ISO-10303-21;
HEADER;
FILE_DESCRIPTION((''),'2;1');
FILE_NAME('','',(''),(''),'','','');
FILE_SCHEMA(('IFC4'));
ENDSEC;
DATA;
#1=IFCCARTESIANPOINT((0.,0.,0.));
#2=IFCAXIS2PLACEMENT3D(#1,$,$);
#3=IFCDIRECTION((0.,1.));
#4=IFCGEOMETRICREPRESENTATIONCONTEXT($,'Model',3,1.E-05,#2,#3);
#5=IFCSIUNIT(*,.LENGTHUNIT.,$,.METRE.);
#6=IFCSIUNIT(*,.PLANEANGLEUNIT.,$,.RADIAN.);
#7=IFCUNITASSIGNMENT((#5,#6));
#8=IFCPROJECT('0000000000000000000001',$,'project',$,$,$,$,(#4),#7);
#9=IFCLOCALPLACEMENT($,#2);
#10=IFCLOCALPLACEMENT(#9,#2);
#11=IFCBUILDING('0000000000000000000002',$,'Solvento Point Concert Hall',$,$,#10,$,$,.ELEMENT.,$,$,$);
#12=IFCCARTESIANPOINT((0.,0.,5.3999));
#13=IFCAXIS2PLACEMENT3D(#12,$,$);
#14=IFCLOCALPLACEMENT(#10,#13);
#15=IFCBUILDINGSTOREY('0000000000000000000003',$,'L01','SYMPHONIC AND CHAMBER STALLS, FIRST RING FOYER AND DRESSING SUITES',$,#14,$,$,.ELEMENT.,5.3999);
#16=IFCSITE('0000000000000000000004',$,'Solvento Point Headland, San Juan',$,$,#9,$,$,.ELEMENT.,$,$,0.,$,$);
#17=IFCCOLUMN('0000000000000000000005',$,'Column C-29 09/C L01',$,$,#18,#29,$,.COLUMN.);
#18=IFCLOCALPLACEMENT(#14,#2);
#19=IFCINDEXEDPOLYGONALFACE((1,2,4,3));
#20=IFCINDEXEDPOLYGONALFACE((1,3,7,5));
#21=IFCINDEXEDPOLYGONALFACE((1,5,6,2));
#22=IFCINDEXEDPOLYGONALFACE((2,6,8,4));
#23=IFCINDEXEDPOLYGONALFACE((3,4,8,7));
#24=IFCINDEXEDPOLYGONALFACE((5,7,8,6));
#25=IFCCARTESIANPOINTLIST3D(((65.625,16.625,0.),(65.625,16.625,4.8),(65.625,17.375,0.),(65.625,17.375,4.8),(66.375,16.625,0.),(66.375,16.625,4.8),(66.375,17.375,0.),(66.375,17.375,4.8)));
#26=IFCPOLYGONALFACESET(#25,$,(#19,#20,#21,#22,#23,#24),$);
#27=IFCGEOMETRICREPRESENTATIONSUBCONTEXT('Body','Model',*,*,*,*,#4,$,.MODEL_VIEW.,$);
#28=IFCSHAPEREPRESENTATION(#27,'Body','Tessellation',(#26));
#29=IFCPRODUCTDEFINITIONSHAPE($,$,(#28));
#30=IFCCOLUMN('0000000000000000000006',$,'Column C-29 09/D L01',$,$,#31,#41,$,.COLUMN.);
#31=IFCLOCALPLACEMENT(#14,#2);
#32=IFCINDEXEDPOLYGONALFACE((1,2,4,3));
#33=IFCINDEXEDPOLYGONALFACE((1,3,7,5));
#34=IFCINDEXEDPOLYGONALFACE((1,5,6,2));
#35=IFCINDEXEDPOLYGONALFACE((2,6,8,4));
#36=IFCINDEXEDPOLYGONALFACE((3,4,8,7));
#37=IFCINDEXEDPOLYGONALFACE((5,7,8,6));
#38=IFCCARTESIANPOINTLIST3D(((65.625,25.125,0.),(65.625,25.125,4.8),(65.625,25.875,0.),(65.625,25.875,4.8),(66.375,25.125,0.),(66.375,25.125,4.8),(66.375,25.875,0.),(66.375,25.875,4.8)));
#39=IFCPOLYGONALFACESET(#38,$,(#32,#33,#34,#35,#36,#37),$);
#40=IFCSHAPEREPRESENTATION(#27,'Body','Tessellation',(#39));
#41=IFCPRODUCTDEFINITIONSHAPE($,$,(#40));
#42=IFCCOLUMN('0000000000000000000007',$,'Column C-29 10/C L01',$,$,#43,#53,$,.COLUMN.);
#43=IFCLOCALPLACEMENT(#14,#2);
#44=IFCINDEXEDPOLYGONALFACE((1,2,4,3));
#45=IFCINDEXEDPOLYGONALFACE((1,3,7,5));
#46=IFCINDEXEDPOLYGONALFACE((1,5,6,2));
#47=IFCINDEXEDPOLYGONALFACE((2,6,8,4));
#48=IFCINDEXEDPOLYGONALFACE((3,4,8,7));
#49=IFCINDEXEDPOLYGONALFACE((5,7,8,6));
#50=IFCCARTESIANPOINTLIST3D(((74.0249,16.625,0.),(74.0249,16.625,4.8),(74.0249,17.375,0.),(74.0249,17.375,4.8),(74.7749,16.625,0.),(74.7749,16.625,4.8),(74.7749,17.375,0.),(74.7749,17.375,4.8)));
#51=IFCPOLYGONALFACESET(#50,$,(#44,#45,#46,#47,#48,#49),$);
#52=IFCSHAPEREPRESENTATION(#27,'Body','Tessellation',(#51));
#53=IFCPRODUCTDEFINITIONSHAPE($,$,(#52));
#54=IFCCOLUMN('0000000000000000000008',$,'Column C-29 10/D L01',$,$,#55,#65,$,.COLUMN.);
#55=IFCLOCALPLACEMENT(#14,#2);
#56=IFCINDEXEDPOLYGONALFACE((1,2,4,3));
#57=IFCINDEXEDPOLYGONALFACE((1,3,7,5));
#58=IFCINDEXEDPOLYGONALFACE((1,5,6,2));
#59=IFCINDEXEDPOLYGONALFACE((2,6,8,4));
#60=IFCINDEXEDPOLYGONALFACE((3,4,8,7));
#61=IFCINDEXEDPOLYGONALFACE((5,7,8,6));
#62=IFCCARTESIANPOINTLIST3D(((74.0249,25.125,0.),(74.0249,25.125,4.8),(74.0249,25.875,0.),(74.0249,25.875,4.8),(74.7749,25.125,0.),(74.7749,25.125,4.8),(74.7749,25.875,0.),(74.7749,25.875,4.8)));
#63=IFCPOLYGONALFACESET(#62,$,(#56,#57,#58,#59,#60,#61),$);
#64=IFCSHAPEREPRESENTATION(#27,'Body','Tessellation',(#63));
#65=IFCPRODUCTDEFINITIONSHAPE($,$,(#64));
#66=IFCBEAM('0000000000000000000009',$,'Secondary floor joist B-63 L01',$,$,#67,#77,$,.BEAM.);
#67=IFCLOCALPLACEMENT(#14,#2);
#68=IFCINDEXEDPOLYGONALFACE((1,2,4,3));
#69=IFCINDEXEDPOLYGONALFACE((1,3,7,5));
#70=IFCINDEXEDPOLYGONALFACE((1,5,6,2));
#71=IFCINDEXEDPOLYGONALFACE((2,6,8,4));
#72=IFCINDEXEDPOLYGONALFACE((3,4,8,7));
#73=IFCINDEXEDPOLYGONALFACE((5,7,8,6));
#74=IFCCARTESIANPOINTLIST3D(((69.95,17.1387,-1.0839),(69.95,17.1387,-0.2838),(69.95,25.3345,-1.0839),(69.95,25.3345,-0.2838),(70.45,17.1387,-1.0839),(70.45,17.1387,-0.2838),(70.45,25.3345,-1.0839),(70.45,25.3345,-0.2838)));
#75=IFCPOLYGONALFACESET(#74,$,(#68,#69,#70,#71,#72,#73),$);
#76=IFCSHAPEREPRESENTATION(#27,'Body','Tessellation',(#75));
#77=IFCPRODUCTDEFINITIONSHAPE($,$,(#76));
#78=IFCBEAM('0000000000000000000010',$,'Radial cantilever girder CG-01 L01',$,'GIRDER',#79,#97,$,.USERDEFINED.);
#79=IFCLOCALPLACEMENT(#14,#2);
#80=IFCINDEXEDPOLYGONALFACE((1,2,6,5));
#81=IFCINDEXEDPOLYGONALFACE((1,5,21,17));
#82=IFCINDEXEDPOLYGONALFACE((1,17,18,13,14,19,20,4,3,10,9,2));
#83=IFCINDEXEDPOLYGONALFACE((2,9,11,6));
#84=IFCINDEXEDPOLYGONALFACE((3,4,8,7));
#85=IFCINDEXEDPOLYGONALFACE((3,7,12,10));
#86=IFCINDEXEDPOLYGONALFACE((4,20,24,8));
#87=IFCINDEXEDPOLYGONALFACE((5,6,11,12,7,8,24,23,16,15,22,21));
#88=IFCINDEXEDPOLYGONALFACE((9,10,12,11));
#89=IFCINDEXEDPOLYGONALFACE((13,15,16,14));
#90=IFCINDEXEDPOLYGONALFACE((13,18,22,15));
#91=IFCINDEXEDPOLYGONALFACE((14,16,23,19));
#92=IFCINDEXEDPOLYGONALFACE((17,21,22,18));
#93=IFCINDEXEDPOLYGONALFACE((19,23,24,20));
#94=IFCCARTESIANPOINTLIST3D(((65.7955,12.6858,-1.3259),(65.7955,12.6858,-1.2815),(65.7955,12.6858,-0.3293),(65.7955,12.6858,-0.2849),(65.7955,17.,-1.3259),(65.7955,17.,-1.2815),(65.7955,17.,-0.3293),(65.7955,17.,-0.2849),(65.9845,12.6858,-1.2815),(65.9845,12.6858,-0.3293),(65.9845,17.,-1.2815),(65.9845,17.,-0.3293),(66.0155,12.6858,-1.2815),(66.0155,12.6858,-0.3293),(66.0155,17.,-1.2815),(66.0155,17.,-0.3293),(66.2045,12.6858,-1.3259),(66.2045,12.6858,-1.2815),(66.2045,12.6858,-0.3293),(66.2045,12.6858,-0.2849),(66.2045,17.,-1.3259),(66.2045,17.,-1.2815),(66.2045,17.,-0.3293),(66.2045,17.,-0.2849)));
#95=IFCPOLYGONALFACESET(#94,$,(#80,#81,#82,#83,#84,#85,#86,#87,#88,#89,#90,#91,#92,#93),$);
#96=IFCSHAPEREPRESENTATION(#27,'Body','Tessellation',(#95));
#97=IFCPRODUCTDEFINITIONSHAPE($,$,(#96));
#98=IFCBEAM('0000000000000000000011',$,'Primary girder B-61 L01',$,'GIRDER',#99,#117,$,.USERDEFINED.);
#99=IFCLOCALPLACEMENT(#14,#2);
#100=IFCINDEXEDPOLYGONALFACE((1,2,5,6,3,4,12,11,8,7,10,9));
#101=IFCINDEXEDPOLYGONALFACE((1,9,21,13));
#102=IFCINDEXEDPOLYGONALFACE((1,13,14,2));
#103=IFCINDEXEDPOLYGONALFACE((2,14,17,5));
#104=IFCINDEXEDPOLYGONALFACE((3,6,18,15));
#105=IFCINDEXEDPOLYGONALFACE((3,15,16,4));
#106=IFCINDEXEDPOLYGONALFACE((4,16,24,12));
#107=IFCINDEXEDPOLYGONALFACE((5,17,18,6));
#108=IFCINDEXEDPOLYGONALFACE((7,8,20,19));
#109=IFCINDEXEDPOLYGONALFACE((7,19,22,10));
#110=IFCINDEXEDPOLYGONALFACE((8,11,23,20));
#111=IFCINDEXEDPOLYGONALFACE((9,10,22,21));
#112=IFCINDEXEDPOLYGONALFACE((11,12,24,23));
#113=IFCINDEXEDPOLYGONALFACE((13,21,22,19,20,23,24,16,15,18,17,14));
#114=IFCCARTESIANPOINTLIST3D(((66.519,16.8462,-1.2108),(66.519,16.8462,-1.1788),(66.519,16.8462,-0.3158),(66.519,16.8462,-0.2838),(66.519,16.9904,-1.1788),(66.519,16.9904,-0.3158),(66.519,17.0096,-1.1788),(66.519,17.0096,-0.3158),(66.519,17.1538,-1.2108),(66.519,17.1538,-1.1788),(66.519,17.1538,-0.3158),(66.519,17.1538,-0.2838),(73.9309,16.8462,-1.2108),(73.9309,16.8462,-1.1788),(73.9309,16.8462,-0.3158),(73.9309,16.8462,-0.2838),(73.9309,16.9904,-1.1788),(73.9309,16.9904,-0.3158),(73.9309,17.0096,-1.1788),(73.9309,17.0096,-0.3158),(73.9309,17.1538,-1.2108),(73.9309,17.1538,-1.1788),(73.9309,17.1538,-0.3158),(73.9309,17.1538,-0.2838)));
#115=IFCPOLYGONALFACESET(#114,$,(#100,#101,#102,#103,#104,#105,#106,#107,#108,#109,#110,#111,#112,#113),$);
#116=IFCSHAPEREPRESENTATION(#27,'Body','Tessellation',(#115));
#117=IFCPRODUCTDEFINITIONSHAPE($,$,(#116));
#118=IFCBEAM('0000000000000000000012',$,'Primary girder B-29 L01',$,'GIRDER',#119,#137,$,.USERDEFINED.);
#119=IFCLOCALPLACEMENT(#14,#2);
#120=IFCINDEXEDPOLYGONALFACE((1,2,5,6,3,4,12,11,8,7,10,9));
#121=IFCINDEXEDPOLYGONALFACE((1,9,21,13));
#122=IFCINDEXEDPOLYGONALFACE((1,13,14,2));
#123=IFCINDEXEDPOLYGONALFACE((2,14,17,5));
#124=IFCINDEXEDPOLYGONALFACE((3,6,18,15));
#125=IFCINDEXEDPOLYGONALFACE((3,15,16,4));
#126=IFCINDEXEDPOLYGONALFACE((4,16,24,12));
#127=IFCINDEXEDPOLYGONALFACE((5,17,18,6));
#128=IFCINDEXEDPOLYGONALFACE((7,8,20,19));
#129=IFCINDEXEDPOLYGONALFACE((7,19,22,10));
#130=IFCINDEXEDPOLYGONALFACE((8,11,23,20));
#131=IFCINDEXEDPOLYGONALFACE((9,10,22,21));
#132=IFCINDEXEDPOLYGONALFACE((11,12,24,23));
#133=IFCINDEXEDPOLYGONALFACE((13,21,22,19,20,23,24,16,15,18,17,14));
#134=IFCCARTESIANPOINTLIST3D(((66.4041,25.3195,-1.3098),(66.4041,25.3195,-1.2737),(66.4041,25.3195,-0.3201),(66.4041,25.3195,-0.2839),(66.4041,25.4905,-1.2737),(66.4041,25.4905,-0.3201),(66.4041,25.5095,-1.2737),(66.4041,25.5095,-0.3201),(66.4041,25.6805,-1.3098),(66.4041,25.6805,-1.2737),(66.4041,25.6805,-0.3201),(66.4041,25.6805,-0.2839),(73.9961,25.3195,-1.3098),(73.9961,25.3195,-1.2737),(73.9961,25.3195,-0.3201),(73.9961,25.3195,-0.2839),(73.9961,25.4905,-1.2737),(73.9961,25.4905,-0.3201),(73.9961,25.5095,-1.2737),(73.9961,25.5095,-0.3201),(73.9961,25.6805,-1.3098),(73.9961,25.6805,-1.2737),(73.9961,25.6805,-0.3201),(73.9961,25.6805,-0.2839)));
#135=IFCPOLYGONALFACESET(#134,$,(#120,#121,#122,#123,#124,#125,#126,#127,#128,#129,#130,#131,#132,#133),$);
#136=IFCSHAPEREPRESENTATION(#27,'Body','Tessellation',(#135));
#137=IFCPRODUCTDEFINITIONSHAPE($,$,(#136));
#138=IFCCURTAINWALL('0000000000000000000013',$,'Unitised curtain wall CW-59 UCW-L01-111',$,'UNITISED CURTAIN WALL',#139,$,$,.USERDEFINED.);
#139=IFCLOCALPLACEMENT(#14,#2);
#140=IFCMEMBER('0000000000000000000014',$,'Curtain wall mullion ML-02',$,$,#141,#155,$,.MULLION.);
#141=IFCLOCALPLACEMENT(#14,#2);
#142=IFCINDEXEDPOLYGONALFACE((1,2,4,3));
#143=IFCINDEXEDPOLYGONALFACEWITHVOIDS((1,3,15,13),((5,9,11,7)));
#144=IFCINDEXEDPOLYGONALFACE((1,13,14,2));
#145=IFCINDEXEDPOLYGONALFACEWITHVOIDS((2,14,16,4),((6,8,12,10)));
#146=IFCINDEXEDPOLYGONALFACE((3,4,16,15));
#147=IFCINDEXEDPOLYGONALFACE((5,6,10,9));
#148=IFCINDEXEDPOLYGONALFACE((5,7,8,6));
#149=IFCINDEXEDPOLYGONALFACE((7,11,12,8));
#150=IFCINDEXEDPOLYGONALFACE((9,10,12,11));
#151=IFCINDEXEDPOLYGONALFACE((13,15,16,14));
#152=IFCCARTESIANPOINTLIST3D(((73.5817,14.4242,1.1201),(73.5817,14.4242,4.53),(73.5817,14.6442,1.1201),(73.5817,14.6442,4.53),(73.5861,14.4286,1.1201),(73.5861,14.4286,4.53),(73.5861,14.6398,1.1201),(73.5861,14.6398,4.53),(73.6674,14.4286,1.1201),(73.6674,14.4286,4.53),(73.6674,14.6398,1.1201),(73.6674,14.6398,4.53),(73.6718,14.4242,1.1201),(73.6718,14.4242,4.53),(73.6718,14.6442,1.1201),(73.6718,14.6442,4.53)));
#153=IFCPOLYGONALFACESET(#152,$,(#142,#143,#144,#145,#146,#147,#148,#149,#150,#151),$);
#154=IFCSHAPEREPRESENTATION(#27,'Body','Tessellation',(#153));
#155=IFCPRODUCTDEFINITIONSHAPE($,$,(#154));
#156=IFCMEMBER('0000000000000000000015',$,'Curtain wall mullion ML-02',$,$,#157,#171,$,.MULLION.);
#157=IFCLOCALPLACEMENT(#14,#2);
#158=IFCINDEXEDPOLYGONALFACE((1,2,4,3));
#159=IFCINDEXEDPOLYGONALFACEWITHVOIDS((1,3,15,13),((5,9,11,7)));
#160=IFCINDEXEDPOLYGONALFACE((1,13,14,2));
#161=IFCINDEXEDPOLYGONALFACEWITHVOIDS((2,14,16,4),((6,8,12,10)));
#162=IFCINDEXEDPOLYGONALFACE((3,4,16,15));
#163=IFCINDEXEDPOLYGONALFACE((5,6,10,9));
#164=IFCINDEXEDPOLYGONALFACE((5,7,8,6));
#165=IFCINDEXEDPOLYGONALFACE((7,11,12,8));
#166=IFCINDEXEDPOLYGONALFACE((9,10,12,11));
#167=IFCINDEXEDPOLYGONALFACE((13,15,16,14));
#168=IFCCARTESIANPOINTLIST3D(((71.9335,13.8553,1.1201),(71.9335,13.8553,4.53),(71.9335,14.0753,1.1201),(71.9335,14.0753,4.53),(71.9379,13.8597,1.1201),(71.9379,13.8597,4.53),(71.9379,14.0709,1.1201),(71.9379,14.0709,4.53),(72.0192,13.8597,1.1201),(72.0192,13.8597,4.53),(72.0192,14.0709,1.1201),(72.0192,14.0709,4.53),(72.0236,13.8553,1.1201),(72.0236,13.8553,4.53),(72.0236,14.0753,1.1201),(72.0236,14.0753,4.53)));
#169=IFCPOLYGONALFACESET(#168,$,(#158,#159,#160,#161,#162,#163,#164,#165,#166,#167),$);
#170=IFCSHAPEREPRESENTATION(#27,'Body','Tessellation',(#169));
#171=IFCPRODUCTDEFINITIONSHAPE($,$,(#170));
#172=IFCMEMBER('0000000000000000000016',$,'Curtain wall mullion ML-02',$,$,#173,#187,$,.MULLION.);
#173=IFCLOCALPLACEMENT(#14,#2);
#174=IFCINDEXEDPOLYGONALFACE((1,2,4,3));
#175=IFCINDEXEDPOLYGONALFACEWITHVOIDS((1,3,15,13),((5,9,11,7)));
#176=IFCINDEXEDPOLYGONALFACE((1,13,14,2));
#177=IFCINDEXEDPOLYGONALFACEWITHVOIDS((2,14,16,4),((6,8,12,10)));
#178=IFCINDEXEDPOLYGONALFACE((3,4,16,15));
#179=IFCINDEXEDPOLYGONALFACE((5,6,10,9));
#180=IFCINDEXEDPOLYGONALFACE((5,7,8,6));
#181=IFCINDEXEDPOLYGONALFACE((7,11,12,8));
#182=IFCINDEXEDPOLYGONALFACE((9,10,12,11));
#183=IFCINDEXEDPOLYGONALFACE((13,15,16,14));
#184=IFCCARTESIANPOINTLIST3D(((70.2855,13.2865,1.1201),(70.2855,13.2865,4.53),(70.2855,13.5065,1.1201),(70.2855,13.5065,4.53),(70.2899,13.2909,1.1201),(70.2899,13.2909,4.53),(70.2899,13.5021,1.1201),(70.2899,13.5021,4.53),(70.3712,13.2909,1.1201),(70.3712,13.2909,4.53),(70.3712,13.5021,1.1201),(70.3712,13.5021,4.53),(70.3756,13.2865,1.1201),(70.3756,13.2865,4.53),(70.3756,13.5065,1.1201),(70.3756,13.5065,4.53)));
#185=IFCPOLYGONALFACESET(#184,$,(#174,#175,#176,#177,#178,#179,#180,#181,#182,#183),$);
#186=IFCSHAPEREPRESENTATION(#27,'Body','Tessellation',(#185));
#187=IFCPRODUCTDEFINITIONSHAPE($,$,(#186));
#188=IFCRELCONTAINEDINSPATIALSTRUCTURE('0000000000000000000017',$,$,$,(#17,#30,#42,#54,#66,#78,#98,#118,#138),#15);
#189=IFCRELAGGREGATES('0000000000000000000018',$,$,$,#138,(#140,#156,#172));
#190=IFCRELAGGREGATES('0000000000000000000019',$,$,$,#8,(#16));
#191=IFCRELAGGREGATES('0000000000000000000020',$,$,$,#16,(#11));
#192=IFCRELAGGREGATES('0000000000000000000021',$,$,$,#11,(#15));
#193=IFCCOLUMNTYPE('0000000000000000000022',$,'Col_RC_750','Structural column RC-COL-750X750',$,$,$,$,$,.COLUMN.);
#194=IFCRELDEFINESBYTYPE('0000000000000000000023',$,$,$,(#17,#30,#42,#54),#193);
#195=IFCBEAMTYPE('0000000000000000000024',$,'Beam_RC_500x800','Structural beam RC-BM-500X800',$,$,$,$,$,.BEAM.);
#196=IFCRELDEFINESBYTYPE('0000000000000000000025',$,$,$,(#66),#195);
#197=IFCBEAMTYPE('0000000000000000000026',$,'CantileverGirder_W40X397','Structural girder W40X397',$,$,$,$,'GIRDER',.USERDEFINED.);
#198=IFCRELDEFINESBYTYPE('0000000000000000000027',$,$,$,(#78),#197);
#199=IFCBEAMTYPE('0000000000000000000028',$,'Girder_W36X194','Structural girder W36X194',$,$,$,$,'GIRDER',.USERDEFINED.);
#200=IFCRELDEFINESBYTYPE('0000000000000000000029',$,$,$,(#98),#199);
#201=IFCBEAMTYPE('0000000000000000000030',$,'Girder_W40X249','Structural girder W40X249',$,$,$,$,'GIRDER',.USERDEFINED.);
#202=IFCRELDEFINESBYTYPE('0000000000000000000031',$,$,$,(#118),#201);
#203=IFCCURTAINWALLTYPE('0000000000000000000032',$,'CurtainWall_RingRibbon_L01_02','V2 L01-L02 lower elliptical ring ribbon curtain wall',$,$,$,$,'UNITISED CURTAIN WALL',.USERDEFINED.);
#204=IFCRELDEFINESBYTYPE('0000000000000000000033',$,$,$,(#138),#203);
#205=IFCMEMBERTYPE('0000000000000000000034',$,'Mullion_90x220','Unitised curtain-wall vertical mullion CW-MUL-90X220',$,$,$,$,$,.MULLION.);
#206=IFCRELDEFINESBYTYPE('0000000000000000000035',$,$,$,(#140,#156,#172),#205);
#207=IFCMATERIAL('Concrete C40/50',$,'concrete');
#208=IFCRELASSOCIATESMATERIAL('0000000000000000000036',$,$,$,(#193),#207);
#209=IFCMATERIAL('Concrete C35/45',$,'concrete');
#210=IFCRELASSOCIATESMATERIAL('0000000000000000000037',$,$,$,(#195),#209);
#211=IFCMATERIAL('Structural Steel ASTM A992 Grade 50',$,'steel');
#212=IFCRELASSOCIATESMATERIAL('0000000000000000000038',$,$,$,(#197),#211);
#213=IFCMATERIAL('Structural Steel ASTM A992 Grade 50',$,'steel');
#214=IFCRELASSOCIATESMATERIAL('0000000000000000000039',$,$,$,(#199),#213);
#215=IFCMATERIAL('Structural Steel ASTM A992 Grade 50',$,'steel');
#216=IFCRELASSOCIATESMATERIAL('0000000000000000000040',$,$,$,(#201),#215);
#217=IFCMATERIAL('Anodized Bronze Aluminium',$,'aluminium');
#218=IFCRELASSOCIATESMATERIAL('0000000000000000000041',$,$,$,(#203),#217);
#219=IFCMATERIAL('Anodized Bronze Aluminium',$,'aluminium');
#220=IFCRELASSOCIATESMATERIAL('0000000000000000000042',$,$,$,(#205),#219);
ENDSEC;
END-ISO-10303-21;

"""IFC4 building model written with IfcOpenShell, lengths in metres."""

from ifc_helpers import new_model, si_unit, direction, frame, origin, origin_2d, place, context, subcontext, project, spatial, rectangle, hollow_rectangle, i_section, extrude, material, material_profile, profile_set, type_object, element, aggregate, save


model = new_model("IFC4")

# Units and contexts
model_context = context("Model", 3, precision=1e-05, world=origin(), true_north=direction((0.0, 1.0)))
body_context = subcontext(model_context, "Body", "Model", "MODEL_VIEW")
ifc_project = project(units=[si_unit("LENGTHUNIT", "METRE"), si_unit("PLANEANGLEUNIT", "RADIAN")], contexts=[model_context])

# Site, building, storey
site_placement = place(None, origin())
site = spatial("IfcSite", under=ifc_project, at=site_placement, Name="Solvento Point Headland, San Juan", CompositionType="ELEMENT", RefElevation=0.0)
building_placement = place(site_placement, origin())
building = spatial("IfcBuilding", under=site, at=building_placement, Name="Solvento Point Concert Hall", CompositionType="ELEMENT")
storey_placement = place(building_placement, frame((0.0, 0.0, 5.3999)))
storey = spatial("IfcBuildingStorey", under=building, at=storey_placement, Name="L01", Description="SYMPHONIC AND CHAMBER STALLS, FIRST RING FOYER AND DRESSING SUITES", CompositionType="ELEMENT", Elevation=5.3999)

# Columns
ifc_material_1 = material(Name="Concrete C40/50", Category="concrete")
ifc_material_profile_1 = material_profile(ifc_material_1, rectangle(XDim=0.75, YDim=0.75, at=origin_2d()), Name="RC-COL-750X750")
ifc_profile_set_1 = profile_set([ifc_material_profile_1], Name="Concrete C40/50")
column_type = type_object("IfcColumnType", Name="Col_RC_750", Description="Structural column RC-COL-750X750", PredefinedType="COLUMN", material=ifc_profile_set_1)
for number, where, z_axis, x_axis, name in (
    (1, (66.0, 17.0, 0.0), (0.0, 0.0, 1.0), (1.0, 0.0, 0.0), "Column C-29 09/C L01"),
    (2, (66.0, 25.5, 0.0), (0.0, 0.0, 1.0), (1.0, 0.0, 0.0), "Column C-29 09/D L01"),
    (3, (74.3999, 17.0, 0.0), (0.0, 0.0, 1.0), (1.0, 0.0, 0.0), "Column C-29 10/C L01"),
    (4, (74.3999, 25.5, 0.0), (0.0, 0.0, 1.0), (1.0, 0.0, 0.0), "Column C-29 10/D L01"),
):
    element("IfcColumn", number, at=place(storey_placement, frame(where, z_axis=z_axis, x_axis=x_axis)), inside=storey, type_object=column_type, Name=name, PredefinedType="COLUMN", context=body_context, shape_type="SweptSolid", body=[
        extrude(rectangle(XDim=0.75, YDim=0.75, at=origin_2d()), origin(), (0.0, 0.0, 1.0), 4.8),
    ])

# Beams
ifc_material_2 = material(Name="Concrete C35/45", Category="concrete")
ifc_material_profile_2 = material_profile(ifc_material_2, rectangle(XDim=0.5, YDim=0.8, at=origin_2d()), Name="RC-BM-500X800")
ifc_profile_set_2 = profile_set([ifc_material_profile_2], Name="Concrete C35/45")
beam_type_1 = type_object("IfcBeamType", Name="Beam_RC_500x800", Description="Structural beam RC-BM-500X800", PredefinedType="BEAM", material=ifc_profile_set_2)
beam_1_placement = place(storey_placement, frame((70.2, 17.1387, -0.6838), z_axis=(0.0, 1.0, 0.0), x_axis=(-1.0, 0.0, 0.0)))
element("IfcBeam", 5, at=beam_1_placement, inside=storey, type_object=beam_type_1, Name="Secondary floor joist B-63 L01", PredefinedType="BEAM", context=body_context, shape_type="SweptSolid", body=[
    extrude(rectangle(XDim=0.5, YDim=0.8, at=origin_2d()), origin(), (0.0, 0.0, 1.0), 8.1958),
])
ifc_material_3 = material(Name="Structural Steel ASTM A992 Grade 50", Category="steel")
ifc_material_profile_3 = material_profile(ifc_material_3, i_section(OverallWidth=0.4089, OverallDepth=1.041, WebThickness=0.031, FlangeThickness=0.0444, at=origin_2d()), Name="W40X397")
ifc_profile_set_3 = profile_set([ifc_material_profile_3], Name="Structural Steel ASTM A992 Grade 50")
beam_type_2 = type_object("IfcBeamType", Name="CantileverGirder_W40X397", Description="Structural girder W40X397", ElementType="GIRDER", PredefinedType="USERDEFINED", material=ifc_profile_set_3)
beam_2_placement = place(storey_placement, frame((66.0, 17.0, -0.8054), z_axis=(0.0, -1.0, 0.0), x_axis=(1.0, 0.0, 0.0)))
element("IfcBeam", 6, at=beam_2_placement, inside=storey, type_object=beam_type_2, Name="Radial cantilever girder CG-01 L01", ObjectType="GIRDER", PredefinedType="USERDEFINED", context=body_context, shape_type="SweptSolid", body=[
    extrude(i_section(OverallWidth=0.4089, OverallDepth=1.041, WebThickness=0.031, FlangeThickness=0.0444, at=origin_2d()), origin(), (0.0, 0.0, 1.0), 4.3142),
])
ifc_material_4 = material(Name="Structural Steel ASTM A992 Grade 50", Category="steel")
ifc_material_profile_4 = material_profile(ifc_material_4, i_section(OverallWidth=0.3076, OverallDepth=0.927, WebThickness=0.0193, FlangeThickness=0.032, at=origin_2d()), Name="W36X194")
ifc_profile_set_4 = profile_set([ifc_material_profile_4], Name="Structural Steel ASTM A992 Grade 50")
beam_type_3 = type_object("IfcBeamType", Name="Girder_W36X194", Description="Structural girder W36X194", ElementType="GIRDER", PredefinedType="USERDEFINED", material=ifc_profile_set_4)
beam_3_placement = place(storey_placement, frame((66.519, 17.0, -0.7473), z_axis=(1.0, 0.0, 0.0), x_axis=(0.0, 1.0, 0.0)))
element("IfcBeam", 7, at=beam_3_placement, inside=storey, type_object=beam_type_3, Name="Primary girder B-61 L01", ObjectType="GIRDER", PredefinedType="USERDEFINED", context=body_context, shape_type="SweptSolid", body=[
    extrude(i_section(OverallWidth=0.3076, OverallDepth=0.927, WebThickness=0.0193, FlangeThickness=0.032, at=origin_2d()), origin(), (0.0, 0.0, 1.0), 7.4119),
])
ifc_material_5 = material(Name="Structural Steel ASTM A992 Grade 50", Category="steel")
ifc_material_profile_5 = material_profile(ifc_material_5, i_section(OverallWidth=0.3611, OverallDepth=1.0259, WebThickness=0.019, FlangeThickness=0.0361, at=origin_2d()), Name="W40X249")
ifc_profile_set_5 = profile_set([ifc_material_profile_5], Name="Structural Steel ASTM A992 Grade 50")
beam_type_4 = type_object("IfcBeamType", Name="Girder_W40X249", Description="Structural girder W40X249", ElementType="GIRDER", PredefinedType="USERDEFINED", material=ifc_profile_set_5)
beam_4_placement = place(storey_placement, frame((66.4041, 25.5, -0.7969), z_axis=(1.0, 0.0, 0.0), x_axis=(0.0, 1.0, 0.0)))
element("IfcBeam", 8, at=beam_4_placement, inside=storey, type_object=beam_type_4, Name="Primary girder B-29 L01", ObjectType="GIRDER", PredefinedType="USERDEFINED", context=body_context, shape_type="SweptSolid", body=[
    extrude(i_section(OverallWidth=0.3611, OverallDepth=1.0259, WebThickness=0.019, FlangeThickness=0.0361, at=origin_2d()), origin(), (0.0, 0.0, 1.0), 7.592),
])

# Curtain wall, members
ifc_material_6 = material(Name="Anodized Bronze Aluminium", Category="aluminium")
curtain_wall_type = type_object("IfcCurtainWallType", Name="CurtainWall_RingRibbon_L01_02", Description="V2 L01-L02 lower elliptical ring ribbon curtain wall", ElementType="UNITISED CURTAIN WALL", PredefinedType="USERDEFINED", material=ifc_material_6)
curtain_wall_1_placement = place(storey_placement, origin())
curtain_wall_1 = element("IfcCurtainWall", 9, at=curtain_wall_1_placement, inside=storey, type_object=curtain_wall_type, Name="Unitised curtain wall CW-59 UCW-L01-111", ObjectType="UNITISED CURTAIN WALL", PredefinedType="USERDEFINED")
ifc_material_7 = material(Name="Anodized Bronze Aluminium", Category="aluminium")
ifc_material_profile_6 = material_profile(ifc_material_7, hollow_rectangle(XDim=0.0901, YDim=0.22, WallThickness=0.0044, at=origin_2d()), Name="CW-MUL-90X220")
ifc_profile_set_6 = profile_set([ifc_material_profile_6], Name="Anodized Bronze Aluminium")
member_type_1 = type_object("IfcMemberType", Name="Mullion_90x220", Description="Unitised curtain-wall vertical mullion CW-MUL-90X220", PredefinedType="MULLION", material=ifc_profile_set_6)
member_1_placement = place(storey_placement, frame((73.6267, 14.5342, 1.1201), z_axis=(0.0, 0.0, 1.0), x_axis=(1.0, 0.0, 0.0)))
member_1 = element("IfcMember", 10, at=member_1_placement, type_object=member_type_1, Name="Curtain wall mullion ML-02", PredefinedType="MULLION", context=body_context, shape_type="SweptSolid", body=[
    extrude(hollow_rectangle(XDim=0.0901, YDim=0.22, WallThickness=0.0044, at=origin_2d()), origin(), (0.0, 0.0, 1.0), 3.4099),
])
member_2_placement = place(storey_placement, frame((71.9785, 13.9653, 1.1201), z_axis=(0.0, 0.0, 1.0), x_axis=(1.0, 0.0, 0.0)))
member_2 = element("IfcMember", 11, at=member_2_placement, type_object=member_type_1, Name="Curtain wall mullion ML-02", PredefinedType="MULLION", context=body_context, shape_type="SweptSolid", body=[
    extrude(hollow_rectangle(XDim=0.0901, YDim=0.22, WallThickness=0.0044, at=origin_2d()), origin(), (0.0, 0.0, 1.0), 3.4099),
])
member_3_placement = place(storey_placement, frame((70.3306, 13.3965, 1.1201), z_axis=(0.0, 0.0, 1.0), x_axis=(1.0, 0.0, 0.0)))
member_3 = element("IfcMember", 12, at=member_3_placement, type_object=member_type_1, Name="Curtain wall mullion ML-02", PredefinedType="MULLION", context=body_context, shape_type="SweptSolid", body=[
    extrude(hollow_rectangle(XDim=0.0901, YDim=0.22, WallThickness=0.0044, at=origin_2d()), origin(), (0.0, 0.0, 1.0), 3.4099),
])

aggregate(curtain_wall_1, [member_1, member_2, member_3])

save(model, "model.ifc")
